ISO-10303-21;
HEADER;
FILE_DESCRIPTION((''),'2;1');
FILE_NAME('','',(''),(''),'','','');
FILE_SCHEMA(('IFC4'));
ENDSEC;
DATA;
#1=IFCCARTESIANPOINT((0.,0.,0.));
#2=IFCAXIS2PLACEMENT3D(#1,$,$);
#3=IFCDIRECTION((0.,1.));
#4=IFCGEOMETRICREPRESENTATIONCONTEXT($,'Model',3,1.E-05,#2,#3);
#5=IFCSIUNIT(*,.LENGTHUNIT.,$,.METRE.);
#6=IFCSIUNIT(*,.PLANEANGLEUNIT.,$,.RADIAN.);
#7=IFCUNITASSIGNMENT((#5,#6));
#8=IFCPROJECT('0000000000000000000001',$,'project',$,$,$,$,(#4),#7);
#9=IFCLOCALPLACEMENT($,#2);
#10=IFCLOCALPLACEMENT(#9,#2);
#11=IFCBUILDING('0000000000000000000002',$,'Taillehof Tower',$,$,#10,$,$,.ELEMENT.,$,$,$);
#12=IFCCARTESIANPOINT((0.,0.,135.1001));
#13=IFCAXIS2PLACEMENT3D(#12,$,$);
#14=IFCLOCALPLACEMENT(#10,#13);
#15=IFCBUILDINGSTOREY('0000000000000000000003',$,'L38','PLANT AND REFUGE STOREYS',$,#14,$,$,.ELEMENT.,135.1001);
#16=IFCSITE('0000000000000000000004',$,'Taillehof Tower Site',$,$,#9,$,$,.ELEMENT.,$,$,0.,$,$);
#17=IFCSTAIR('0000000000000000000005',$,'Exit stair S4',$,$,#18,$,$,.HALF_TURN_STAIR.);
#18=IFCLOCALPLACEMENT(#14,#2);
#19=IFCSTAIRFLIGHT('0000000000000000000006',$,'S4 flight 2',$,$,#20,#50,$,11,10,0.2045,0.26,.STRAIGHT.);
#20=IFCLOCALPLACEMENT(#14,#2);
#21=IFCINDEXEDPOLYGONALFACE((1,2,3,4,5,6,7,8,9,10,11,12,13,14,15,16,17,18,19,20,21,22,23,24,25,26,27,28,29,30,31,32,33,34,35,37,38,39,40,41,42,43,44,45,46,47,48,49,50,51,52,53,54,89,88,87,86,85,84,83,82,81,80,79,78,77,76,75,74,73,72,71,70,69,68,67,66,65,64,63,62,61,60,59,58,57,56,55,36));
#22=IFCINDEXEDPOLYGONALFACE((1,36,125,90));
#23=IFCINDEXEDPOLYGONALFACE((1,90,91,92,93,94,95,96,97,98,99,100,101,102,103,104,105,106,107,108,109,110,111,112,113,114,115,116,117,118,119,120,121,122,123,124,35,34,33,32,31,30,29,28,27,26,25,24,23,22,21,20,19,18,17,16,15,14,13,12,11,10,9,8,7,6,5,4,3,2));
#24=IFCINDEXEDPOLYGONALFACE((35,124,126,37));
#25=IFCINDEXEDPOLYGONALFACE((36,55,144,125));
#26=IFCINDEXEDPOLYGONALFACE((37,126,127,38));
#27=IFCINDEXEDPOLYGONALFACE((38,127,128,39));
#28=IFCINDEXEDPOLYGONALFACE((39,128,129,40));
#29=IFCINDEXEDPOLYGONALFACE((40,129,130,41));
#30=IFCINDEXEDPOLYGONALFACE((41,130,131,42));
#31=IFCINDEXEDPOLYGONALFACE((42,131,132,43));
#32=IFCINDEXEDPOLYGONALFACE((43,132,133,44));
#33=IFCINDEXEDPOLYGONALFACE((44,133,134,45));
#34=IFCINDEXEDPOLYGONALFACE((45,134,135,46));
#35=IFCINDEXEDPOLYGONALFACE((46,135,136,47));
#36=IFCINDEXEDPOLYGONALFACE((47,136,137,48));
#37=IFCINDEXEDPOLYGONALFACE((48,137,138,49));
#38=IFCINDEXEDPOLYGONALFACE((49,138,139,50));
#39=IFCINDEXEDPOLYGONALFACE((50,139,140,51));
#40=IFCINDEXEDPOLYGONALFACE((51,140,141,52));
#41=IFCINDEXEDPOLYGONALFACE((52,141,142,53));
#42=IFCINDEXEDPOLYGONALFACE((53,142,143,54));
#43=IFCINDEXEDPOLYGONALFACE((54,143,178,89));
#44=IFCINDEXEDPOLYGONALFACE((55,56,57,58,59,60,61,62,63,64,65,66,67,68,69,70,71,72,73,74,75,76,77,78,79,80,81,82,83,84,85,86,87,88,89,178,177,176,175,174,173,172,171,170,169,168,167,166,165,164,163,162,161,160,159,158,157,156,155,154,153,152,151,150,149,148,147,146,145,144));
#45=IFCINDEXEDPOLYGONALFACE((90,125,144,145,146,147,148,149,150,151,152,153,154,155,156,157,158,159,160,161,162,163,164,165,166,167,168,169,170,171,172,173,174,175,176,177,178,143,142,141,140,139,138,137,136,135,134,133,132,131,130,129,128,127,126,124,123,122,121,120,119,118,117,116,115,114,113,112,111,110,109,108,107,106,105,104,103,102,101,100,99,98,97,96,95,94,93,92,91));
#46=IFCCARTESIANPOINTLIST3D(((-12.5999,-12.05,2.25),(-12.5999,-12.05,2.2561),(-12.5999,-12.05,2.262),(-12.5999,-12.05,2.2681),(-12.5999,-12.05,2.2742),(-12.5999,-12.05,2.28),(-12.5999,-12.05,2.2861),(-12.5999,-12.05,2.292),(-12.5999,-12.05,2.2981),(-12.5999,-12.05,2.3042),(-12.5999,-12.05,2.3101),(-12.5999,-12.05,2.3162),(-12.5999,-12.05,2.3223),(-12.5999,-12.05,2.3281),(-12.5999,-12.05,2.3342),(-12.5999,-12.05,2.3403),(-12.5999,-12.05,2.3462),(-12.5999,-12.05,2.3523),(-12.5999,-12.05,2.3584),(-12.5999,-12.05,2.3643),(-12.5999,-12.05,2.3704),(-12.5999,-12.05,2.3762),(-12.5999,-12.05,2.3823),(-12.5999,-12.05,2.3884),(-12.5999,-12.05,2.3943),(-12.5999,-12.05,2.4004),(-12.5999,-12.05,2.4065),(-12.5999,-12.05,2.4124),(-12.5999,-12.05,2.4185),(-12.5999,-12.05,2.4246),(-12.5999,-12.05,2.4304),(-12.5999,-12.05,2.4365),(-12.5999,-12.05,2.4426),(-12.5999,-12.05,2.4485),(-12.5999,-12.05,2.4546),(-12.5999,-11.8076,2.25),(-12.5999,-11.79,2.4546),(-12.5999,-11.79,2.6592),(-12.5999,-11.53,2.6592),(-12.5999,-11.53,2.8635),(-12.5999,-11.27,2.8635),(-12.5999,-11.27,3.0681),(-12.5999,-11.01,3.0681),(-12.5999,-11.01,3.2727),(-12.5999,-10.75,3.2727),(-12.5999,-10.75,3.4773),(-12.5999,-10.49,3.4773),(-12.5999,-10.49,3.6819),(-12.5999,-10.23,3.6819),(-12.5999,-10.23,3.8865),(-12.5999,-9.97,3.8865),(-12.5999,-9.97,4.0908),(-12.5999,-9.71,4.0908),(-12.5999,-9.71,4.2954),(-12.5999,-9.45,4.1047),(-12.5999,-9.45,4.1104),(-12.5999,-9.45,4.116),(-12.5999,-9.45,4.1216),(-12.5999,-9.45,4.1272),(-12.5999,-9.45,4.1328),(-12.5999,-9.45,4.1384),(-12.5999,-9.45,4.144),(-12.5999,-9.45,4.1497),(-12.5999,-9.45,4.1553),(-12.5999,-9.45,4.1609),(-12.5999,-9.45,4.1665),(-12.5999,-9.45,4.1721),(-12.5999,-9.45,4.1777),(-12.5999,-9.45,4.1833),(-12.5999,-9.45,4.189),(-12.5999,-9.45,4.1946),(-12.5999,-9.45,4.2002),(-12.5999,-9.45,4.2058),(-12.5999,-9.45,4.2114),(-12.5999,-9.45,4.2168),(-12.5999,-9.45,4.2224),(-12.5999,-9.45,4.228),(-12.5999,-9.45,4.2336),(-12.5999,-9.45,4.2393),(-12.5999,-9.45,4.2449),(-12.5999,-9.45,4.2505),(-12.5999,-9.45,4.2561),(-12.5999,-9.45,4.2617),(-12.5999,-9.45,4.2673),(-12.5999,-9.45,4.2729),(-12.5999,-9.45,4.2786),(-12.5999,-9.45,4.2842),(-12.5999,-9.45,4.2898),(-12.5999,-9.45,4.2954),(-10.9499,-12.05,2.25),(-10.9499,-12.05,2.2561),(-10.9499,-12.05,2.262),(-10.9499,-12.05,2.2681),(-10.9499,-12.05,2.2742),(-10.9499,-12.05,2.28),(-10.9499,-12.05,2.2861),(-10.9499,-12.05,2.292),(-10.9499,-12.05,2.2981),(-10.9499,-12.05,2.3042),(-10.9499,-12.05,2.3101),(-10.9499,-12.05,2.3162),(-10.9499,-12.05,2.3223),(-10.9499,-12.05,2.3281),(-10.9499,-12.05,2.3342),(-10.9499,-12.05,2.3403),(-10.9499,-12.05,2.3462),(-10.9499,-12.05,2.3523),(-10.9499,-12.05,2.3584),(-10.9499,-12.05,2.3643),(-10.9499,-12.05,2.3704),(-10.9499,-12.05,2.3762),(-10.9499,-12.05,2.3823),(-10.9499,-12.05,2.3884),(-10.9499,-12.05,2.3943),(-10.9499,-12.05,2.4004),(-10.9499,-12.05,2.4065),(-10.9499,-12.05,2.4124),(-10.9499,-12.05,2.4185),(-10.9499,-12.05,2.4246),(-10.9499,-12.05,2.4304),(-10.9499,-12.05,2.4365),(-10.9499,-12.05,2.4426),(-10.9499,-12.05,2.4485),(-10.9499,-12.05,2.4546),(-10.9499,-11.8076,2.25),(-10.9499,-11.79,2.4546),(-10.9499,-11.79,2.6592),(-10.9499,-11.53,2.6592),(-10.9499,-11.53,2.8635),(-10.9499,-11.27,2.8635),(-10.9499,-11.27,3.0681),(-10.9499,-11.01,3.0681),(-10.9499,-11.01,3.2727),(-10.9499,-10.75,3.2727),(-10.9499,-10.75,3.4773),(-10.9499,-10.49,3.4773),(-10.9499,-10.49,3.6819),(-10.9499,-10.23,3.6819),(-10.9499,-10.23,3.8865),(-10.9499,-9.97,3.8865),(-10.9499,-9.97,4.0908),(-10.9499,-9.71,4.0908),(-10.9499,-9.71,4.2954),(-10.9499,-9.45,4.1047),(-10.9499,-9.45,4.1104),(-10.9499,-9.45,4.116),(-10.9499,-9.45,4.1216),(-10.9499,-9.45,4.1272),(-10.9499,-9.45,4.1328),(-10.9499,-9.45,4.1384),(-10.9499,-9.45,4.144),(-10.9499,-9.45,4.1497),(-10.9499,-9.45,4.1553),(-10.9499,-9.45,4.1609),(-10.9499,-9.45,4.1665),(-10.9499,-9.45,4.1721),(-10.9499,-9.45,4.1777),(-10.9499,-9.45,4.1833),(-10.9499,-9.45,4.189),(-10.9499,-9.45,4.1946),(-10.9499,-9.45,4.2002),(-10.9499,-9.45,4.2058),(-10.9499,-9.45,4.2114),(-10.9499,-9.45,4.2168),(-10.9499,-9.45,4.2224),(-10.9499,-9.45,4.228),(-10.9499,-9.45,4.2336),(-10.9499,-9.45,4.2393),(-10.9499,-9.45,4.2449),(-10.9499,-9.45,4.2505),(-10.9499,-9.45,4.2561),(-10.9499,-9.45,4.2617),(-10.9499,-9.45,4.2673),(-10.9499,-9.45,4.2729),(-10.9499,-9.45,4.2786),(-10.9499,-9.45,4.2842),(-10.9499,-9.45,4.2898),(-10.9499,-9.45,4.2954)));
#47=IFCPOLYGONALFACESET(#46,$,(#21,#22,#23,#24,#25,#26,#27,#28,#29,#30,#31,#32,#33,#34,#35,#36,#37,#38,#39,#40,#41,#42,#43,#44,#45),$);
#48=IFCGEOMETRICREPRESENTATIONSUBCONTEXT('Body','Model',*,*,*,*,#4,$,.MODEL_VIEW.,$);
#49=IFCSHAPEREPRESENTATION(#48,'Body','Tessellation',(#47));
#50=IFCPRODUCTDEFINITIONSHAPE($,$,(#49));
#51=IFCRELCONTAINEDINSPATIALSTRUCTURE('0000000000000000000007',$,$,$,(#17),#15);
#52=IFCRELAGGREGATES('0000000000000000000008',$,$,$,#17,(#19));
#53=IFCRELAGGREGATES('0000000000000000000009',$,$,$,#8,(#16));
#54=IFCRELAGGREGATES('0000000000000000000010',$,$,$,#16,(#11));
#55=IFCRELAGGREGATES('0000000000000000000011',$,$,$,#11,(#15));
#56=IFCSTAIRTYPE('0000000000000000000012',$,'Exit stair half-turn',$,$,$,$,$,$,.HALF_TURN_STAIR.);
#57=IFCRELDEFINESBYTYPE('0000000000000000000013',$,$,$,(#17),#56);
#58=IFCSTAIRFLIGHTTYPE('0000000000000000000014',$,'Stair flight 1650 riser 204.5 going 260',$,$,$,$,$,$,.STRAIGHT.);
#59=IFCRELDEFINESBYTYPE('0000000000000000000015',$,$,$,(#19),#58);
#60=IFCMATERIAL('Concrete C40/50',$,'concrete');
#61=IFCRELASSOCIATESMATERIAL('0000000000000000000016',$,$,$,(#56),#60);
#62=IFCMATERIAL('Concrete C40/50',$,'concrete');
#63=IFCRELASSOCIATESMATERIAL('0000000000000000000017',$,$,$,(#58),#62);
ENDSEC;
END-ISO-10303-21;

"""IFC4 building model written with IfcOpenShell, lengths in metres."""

from ifc_helpers import new_model, si_unit, direction, frame, origin, place, context, subcontext, project, spatial, polyline, outline, extrude, material, type_object, element, aggregate, save


model = new_model("IFC4")

# Units and contexts
model_context = context("Model", 3, precision=1e-05, world=origin(), true_north=direction((0.0, 1.0)))
body_context = subcontext(model_context, "Body", "Model", "MODEL_VIEW")
ifc_project = project(units=[si_unit("LENGTHUNIT", "METRE"), si_unit("PLANEANGLEUNIT", "RADIAN")], contexts=[model_context])

# Site, building, storey
site_placement = place(None, origin())
site = spatial("IfcSite", under=ifc_project, at=site_placement, Name="Taillehof Tower Site", CompositionType="ELEMENT", RefElevation=0.0)
building_placement = place(site_placement, origin())
building = spatial("IfcBuilding", under=site, at=building_placement, Name="Taillehof Tower", CompositionType="ELEMENT")
storey_placement = place(building_placement, frame((0.0, 0.0, 135.1001)))
storey = spatial("IfcBuildingStorey", under=building, at=storey_placement, Name="L38", Description="PLANT AND REFUGE STOREYS", CompositionType="ELEMENT", Elevation=135.1001)

# Stair, stair flight
ifc_material_1 = material(Name="Concrete C40/50", Category="concrete")
stair_type = type_object("IfcStairType", Name="Exit stair half-turn", PredefinedType="HALF_TURN_STAIR", material=ifc_material_1)
stair_placement = place(storey_placement, origin())
stair = element("IfcStair", 1, at=stair_placement, inside=storey, type_object=stair_type, Name="Exit stair S4", PredefinedType="HALF_TURN_STAIR")
ifc_material_2 = material(Name="Concrete C40/50", Category="concrete")
stair_flight_type = type_object("IfcStairFlightType", Name="Stair flight 1650 riser 204.5 going 260", PredefinedType="STRAIGHT", material=ifc_material_2)
stair_flight_1_placement = place(storey_placement, frame((-11.7749, -12.05, 2.25), z_axis=(0.0, 0.0, 1.0), x_axis=(0.0, 1.0, 0.0)))
stair_flight_1 = element("IfcStairFlight", 2, at=stair_flight_1_placement, type_object=stair_flight_type, Name="S4 flight 2", NumberOfRisers=11, NumberOfTreads=10, PredefinedType="STRAIGHT", RiserHeight=0.2045, TreadLength=0.26, context=body_context, shape_type="SweptSolid", body=[
    extrude(outline(polyline([(0.0, 0.0), (0.0, 0.0061), (0.0, 0.012), (0.0, 0.0181), (0.0, 0.0242), (0.0, 0.03), (0.0, 0.0361), (0.0, 0.042), (0.0, 0.0481), (0.0, 0.0542), (0.0, 0.0601), (0.0, 0.0662), (0.0, 0.0723), (0.0, 0.0781), (0.0, 0.0842), (0.0, 0.0903), (0.0, 0.0962), (0.0, 0.1023), (0.0, 0.1084), (0.0, 0.1143), (0.0, 0.1204), (0.0, 0.1262), (0.0, 0.1323), (0.0, 0.1384), (0.0, 0.1443), (0.0, 0.1504), (0.0, 0.1565), (0.0, 0.1624), (0.0, 0.1685), (0.0, 0.1746), (0.0, 0.1804), (0.0, 0.1865), (0.0, 0.1926), (0.0, 0.1985), (0.0, 0.2046), (0.26, 0.2046), (0.26, 0.4092), (0.52, 0.4092), (0.52, 0.6135), (0.78, 0.6135), (0.78, 0.8181), (1.04, 0.8181), (1.04, 1.0227), (1.3, 1.0227), (1.3, 1.2273), (1.5601, 1.2273), (1.5601, 1.4319), (1.8201, 1.4319), (1.8201, 1.6365), (2.0801, 1.6365), (2.0801, 1.8408), (2.3401, 1.8408), (2.3401, 2.0454), (2.6001, 2.0454), (2.6001, 2.0398), (2.6001, 2.0342), (2.6001, 2.0286), (2.6001, 2.0229), (2.6001, 2.0173), (2.6001, 2.0117), (2.6001, 2.0061), (2.6001, 2.0005), (2.6001, 1.9949), (2.6001, 1.9893), (2.6001, 1.9836), (2.6001, 1.978), (2.6001, 1.9724), (2.6001, 1.9668), (2.6001, 1.9614), (2.6001, 1.9558), (2.6001, 1.9502), (2.6001, 1.9446), (2.6001, 1.939), (2.6001, 1.9333), (2.6001, 1.9277), (2.6001, 1.9221), (2.6001, 1.9165), (2.6001, 1.9109), (2.6001, 1.9053), (2.6001, 1.8997), (2.6001, 1.894), (2.6001, 1.8884), (2.6001, 1.8828), (2.6001, 1.8772), (2.6001, 1.8716), (2.6001, 1.866), (2.6001, 1.8604), (2.6001, 1.8547), (0.2424, 0.0), (0.0, 0.0)])), frame((0.0, 0.825, 0.0), z_axis=(0.0, -1.0, 0.0), x_axis=(1.0, 0.0, 0.0)), (0.0, 0.0, 1.0), 1.65),
])
aggregate(stair, [stair_flight_1])

save(model, "model.ifc")
